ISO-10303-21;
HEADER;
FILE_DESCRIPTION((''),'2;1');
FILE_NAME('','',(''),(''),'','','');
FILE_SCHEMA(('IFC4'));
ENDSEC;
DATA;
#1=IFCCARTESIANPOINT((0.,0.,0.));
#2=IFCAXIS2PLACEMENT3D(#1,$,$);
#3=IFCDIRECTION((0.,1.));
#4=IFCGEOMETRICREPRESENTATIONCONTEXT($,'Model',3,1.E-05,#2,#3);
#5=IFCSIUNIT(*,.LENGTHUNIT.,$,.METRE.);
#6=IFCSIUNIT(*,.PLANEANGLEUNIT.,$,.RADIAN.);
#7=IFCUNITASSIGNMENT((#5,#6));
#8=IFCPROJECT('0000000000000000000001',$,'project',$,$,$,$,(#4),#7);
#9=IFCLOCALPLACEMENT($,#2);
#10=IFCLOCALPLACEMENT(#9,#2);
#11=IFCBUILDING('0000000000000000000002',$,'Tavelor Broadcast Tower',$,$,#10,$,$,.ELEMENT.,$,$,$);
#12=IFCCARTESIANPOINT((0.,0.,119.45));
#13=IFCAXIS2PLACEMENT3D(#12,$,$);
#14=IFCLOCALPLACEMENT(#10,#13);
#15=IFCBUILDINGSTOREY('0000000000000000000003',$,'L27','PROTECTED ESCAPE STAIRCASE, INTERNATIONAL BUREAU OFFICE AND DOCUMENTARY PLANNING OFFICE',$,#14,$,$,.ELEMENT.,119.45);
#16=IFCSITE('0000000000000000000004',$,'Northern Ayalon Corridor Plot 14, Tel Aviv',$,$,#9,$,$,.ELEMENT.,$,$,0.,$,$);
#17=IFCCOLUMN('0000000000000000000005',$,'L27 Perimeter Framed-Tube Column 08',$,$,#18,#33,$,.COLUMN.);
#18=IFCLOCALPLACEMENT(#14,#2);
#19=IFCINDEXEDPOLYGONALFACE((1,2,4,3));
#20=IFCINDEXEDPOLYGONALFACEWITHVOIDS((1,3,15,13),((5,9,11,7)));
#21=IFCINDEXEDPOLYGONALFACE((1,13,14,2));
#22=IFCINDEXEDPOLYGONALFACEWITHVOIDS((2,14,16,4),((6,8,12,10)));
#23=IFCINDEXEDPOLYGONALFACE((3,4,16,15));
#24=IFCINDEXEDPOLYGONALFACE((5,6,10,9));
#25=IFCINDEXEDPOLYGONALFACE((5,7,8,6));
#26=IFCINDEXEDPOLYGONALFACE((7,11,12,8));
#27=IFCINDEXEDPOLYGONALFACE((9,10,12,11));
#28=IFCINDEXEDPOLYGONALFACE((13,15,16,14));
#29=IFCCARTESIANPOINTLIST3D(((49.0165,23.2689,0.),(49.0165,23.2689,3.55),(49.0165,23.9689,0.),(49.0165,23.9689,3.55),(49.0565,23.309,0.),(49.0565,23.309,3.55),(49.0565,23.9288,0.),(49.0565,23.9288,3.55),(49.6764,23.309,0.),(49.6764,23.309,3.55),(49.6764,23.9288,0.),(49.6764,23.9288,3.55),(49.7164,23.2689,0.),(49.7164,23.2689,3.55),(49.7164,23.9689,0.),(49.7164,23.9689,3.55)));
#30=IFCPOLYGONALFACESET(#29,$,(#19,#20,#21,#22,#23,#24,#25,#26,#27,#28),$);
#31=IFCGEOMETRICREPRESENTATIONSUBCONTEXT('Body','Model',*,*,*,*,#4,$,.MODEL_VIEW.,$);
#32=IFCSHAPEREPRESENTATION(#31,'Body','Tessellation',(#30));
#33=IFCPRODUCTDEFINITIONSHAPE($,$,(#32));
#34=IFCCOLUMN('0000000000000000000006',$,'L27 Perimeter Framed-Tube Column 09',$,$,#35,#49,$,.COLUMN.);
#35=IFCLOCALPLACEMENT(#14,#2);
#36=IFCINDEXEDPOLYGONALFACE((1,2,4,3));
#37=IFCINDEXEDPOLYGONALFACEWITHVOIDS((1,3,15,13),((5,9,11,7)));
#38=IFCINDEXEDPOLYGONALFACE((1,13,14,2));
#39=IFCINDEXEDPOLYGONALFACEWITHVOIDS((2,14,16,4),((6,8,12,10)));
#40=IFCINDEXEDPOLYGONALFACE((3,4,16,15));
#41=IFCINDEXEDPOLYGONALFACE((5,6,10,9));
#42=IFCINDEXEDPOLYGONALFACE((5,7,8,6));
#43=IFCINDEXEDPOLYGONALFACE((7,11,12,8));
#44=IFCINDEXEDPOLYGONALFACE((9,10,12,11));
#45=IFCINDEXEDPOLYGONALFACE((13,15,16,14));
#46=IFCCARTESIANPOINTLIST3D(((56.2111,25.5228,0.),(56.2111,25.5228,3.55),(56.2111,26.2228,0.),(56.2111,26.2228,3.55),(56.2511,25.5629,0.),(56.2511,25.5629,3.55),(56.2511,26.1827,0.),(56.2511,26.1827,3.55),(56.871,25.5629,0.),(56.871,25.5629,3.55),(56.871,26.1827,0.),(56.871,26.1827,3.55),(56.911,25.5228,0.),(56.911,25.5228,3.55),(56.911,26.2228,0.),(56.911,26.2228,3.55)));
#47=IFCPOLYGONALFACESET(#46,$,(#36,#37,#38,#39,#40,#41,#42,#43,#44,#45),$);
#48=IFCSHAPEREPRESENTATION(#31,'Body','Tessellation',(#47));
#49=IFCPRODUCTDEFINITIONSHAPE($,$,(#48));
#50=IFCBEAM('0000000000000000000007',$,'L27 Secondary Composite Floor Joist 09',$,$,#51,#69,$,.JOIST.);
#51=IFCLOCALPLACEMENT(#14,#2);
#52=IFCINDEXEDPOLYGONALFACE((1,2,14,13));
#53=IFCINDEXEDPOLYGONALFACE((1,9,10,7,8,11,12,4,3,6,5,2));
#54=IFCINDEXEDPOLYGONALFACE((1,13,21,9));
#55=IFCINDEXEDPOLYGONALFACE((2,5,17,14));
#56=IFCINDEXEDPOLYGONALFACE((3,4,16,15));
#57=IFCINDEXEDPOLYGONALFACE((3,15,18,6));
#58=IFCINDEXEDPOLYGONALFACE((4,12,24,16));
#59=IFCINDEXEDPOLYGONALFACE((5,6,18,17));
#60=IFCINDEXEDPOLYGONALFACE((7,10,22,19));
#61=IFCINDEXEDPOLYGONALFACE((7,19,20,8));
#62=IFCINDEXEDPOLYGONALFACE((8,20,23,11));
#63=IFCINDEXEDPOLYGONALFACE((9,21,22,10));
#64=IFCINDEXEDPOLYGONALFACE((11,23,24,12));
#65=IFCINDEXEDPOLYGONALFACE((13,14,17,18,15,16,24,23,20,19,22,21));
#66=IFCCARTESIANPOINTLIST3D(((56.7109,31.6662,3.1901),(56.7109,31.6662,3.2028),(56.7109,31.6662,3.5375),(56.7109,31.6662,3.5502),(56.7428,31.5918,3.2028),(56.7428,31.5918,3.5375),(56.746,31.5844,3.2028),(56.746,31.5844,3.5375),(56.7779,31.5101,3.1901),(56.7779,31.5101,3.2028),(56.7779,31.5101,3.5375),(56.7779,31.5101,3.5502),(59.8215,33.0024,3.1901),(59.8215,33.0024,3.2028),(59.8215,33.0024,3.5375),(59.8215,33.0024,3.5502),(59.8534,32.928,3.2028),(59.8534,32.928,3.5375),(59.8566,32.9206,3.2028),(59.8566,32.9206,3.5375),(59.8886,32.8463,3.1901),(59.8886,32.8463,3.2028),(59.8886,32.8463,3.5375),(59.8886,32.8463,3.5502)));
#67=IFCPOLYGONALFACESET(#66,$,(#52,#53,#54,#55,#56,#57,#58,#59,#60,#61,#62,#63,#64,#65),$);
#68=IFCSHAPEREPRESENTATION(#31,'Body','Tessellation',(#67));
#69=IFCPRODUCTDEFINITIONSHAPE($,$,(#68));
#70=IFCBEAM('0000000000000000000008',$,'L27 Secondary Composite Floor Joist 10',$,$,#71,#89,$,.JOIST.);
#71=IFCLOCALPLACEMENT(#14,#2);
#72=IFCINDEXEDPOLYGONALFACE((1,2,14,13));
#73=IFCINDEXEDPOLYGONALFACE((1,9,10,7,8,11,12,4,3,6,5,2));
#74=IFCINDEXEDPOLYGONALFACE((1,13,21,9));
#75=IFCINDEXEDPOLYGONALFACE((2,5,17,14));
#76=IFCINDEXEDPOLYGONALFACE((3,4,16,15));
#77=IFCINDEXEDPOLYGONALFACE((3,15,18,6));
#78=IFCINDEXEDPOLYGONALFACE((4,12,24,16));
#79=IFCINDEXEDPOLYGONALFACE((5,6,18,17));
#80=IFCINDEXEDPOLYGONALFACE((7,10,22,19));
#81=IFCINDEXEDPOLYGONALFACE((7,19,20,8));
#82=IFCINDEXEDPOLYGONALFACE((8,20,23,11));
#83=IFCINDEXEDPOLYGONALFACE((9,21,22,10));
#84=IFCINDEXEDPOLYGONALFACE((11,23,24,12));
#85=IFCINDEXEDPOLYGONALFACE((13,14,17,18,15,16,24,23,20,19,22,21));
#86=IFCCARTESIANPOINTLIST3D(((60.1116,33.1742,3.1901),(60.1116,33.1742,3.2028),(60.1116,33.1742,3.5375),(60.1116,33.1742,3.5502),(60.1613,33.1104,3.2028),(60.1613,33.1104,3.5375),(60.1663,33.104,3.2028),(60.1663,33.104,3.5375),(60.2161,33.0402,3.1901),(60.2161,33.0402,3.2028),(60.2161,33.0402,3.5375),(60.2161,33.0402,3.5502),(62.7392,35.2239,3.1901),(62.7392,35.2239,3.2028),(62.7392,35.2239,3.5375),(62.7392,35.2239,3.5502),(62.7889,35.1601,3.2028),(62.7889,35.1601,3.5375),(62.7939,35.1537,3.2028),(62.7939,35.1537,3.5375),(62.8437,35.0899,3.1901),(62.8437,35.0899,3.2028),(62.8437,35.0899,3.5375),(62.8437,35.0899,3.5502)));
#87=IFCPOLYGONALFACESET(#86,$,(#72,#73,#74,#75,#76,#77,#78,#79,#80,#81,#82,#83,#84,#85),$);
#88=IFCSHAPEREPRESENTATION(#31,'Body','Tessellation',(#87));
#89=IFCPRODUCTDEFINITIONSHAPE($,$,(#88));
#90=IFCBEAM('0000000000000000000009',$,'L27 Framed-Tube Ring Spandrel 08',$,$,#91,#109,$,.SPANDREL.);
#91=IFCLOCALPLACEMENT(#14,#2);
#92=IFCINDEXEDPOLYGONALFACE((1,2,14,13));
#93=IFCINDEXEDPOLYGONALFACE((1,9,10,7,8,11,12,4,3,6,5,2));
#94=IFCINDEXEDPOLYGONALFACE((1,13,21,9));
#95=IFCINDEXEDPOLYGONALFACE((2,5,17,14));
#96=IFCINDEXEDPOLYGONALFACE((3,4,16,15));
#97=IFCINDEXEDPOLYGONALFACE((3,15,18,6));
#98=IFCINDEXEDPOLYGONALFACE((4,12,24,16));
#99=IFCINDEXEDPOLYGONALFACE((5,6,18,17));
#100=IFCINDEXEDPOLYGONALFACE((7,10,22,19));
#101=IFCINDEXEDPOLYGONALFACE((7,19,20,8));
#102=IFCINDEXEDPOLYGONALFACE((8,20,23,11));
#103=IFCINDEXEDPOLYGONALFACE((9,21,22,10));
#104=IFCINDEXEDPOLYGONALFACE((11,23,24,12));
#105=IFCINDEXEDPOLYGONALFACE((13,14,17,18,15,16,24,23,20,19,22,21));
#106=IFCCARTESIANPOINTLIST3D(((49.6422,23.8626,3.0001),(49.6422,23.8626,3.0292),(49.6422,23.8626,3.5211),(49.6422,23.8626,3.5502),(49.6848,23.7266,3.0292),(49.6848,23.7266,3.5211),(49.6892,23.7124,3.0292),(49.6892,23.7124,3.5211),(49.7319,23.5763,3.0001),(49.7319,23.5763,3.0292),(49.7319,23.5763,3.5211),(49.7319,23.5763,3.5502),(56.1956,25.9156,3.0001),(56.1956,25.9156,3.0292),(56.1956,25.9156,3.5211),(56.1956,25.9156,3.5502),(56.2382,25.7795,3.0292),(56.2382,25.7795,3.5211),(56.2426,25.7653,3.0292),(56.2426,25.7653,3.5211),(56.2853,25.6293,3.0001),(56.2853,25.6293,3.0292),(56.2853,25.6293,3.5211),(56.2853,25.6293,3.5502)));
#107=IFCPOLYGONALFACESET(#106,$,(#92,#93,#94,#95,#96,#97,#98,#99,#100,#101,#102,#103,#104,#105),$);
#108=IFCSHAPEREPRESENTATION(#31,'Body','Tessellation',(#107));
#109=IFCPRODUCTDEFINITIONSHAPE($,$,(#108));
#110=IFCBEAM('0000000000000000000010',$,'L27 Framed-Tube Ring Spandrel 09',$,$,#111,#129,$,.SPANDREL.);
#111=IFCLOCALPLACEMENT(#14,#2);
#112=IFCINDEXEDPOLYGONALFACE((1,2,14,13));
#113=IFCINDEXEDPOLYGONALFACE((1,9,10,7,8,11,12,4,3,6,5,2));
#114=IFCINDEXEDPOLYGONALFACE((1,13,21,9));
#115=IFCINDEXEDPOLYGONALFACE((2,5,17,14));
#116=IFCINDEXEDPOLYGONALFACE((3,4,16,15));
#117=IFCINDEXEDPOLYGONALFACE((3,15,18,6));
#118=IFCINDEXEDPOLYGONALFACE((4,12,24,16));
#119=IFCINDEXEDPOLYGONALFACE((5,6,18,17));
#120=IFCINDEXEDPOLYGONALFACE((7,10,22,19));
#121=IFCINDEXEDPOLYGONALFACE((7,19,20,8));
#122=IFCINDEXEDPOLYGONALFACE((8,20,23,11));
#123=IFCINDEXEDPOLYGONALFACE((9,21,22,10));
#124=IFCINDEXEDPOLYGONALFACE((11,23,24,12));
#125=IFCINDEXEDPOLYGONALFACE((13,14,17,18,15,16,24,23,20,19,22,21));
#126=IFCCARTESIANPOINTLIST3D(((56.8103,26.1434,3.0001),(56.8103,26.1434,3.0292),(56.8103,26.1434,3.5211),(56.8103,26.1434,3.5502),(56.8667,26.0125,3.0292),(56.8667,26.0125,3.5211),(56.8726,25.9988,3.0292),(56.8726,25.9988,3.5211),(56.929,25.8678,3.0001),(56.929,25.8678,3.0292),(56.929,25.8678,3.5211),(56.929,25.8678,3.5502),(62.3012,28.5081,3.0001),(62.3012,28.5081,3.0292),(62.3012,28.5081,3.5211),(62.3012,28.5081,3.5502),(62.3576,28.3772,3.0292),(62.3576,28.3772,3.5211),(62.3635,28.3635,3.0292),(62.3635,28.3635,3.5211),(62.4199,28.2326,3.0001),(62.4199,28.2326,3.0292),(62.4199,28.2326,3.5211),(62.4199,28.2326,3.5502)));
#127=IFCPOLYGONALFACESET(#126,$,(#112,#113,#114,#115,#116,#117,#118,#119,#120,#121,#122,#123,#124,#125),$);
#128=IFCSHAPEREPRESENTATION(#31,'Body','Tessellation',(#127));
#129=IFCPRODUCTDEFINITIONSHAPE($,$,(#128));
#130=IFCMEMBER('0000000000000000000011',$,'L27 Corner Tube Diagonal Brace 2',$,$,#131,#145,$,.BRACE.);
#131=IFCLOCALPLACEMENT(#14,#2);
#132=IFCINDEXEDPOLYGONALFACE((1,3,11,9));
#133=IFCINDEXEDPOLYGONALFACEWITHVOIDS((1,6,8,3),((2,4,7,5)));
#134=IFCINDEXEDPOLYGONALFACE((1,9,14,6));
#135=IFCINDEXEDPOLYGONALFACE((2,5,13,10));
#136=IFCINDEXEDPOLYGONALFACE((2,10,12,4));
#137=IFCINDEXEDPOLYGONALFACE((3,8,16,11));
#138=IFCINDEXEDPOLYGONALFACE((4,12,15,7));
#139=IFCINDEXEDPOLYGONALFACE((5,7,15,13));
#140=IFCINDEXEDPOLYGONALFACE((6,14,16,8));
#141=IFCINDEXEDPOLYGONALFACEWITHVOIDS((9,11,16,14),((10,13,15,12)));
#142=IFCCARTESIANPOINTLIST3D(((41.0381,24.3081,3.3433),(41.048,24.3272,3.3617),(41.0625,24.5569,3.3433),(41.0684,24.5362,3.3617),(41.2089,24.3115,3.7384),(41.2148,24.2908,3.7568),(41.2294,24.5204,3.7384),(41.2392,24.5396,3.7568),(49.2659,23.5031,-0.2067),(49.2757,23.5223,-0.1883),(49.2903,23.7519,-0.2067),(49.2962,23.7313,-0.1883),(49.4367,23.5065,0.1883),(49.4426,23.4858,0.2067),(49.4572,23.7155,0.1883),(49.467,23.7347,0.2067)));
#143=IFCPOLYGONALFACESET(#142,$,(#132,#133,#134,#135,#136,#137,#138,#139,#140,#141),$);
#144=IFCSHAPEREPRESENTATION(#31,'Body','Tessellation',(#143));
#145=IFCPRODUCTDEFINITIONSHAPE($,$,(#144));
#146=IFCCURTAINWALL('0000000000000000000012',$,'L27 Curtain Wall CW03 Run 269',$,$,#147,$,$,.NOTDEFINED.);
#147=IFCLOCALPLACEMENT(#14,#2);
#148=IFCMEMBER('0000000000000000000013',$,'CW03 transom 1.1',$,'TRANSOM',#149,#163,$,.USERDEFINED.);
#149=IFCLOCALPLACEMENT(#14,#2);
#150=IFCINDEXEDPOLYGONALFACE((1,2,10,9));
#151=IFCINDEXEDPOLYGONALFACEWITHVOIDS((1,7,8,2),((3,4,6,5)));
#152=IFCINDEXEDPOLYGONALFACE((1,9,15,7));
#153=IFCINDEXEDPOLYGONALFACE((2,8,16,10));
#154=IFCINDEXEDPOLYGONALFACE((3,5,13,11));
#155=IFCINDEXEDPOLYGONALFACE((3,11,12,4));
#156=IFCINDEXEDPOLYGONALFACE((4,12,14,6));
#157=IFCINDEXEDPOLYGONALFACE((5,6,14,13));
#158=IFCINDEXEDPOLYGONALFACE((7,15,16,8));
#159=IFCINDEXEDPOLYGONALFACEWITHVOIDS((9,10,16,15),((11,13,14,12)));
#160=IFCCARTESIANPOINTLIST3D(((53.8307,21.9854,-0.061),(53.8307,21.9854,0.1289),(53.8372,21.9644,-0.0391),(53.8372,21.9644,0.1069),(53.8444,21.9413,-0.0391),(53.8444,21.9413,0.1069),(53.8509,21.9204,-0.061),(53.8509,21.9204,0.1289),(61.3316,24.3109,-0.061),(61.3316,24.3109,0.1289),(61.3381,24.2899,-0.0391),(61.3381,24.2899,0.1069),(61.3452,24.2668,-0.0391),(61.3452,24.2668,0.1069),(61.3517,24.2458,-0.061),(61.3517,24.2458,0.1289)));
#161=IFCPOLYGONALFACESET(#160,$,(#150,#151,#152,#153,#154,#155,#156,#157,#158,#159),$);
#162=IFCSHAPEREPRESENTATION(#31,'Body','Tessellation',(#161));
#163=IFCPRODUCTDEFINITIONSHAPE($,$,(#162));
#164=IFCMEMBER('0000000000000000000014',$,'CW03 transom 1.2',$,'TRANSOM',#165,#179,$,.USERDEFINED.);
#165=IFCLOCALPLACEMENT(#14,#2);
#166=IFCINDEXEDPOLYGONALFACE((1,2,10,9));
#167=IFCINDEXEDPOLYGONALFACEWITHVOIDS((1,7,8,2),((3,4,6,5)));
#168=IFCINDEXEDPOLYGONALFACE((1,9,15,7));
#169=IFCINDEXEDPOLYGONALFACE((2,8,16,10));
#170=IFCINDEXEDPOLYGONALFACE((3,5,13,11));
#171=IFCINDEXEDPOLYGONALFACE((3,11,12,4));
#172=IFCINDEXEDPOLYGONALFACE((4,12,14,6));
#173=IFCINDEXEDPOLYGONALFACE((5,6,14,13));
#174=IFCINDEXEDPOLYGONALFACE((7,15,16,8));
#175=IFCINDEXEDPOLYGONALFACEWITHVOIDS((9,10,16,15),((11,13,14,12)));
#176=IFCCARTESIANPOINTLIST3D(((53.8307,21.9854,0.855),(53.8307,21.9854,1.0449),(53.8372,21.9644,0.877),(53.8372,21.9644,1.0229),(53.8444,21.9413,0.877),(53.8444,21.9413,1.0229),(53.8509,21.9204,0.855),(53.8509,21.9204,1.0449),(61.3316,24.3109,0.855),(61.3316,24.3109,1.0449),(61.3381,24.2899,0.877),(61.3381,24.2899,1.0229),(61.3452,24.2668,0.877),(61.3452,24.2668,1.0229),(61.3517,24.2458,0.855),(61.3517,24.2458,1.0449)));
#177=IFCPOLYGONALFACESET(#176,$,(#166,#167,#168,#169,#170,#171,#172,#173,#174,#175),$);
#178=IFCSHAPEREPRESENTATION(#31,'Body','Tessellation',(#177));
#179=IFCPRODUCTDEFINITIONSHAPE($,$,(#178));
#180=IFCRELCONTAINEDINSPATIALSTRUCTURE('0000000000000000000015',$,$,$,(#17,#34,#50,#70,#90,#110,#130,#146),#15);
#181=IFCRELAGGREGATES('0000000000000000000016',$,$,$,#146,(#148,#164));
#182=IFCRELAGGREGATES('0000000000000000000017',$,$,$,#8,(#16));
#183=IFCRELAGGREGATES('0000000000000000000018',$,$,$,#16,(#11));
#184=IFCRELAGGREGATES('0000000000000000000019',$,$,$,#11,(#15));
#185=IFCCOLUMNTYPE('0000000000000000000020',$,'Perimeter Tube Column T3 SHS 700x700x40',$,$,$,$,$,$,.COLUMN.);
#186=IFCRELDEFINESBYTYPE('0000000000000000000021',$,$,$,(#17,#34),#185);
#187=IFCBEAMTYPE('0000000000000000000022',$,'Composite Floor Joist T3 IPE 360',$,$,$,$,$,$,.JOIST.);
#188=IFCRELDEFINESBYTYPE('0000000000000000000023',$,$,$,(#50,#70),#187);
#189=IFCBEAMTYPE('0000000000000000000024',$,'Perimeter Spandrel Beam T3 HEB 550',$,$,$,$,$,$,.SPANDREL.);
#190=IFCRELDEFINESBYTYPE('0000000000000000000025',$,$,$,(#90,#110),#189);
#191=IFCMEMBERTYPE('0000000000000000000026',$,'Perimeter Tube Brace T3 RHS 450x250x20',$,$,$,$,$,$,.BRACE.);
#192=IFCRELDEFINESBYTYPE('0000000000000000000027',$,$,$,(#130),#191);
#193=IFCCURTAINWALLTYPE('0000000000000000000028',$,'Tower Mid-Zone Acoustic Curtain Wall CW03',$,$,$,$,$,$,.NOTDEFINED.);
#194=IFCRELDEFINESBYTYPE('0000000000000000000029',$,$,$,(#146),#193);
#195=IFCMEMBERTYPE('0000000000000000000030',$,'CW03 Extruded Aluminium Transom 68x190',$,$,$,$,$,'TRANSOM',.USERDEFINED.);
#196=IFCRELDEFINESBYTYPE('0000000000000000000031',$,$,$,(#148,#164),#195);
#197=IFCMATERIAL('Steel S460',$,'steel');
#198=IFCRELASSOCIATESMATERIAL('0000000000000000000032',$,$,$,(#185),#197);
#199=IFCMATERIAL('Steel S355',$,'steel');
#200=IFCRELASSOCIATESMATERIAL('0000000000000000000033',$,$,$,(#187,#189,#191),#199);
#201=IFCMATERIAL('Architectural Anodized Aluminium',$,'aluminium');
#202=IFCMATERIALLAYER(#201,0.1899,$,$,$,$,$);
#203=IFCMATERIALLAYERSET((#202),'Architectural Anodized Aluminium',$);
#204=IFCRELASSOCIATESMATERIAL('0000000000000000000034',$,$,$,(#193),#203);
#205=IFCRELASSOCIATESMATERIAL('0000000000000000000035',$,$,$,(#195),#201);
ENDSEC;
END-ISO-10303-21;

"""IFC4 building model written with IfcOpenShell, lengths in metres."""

from ifc_helpers import new_model, si_unit, direction, frame, origin, origin_2d, place, context, subcontext, project, spatial, hollow_rectangle, i_section, extrude, source, transform, mapped, material, layer, layer_set, material_profile, profile_set, type_object, type_shapes, element, aggregate, save


model = new_model("IFC4")

# Units and contexts
model_context = context("Model", 3, precision=1e-05, world=origin(), true_north=direction((0.0, 1.0)))
body_context = subcontext(model_context, "Body", "Model", "MODEL_VIEW")
ifc_project = project(units=[si_unit("LENGTHUNIT", "METRE"), si_unit("PLANEANGLEUNIT", "RADIAN")], contexts=[model_context])

# Site, building, storey
site_placement = place(None, origin())
site = spatial("IfcSite", under=ifc_project, at=site_placement, Name="Northern Ayalon Corridor Plot 14, Tel Aviv", CompositionType="ELEMENT", RefElevation=0.0)
building_placement = place(site_placement, origin())
building = spatial("IfcBuilding", under=site, at=building_placement, Name="Tavelor Broadcast Tower", CompositionType="ELEMENT")
storey_placement = place(building_placement, frame((0.0, 0.0, 119.45)))
storey = spatial("IfcBuildingStorey", under=building, at=storey_placement, Name="L27", Description="PROTECTED ESCAPE STAIRCASE, INTERNATIONAL BUREAU OFFICE AND DOCUMENTARY PLANNING OFFICE", CompositionType="ELEMENT", Elevation=119.45)

# Columns
ifc_material_1 = material(Name="Steel S460", Category="steel")
ifc_material_profile_1 = material_profile(ifc_material_1, hollow_rectangle(XDim=0.7, YDim=0.7, WallThickness=0.04, at=origin_2d()), Name="SHS 700x700x40")
ifc_profile_set_1 = profile_set([ifc_material_profile_1], Name="Steel S460")
column_type = type_object("IfcColumnType", Name="Perimeter Tube Column T3 SHS 700x700x40", PredefinedType="COLUMN", material=ifc_profile_set_1)
for number, where, z_axis, x_axis, name in (
    (1, (49.3665, 23.6189, 0.0), (0.0, 0.0, 1.0), (1.0, 0.0, 0.0), "L27 Perimeter Framed-Tube Column 08"),
    (2, (56.561, 25.8728, 0.0), (0.0, 0.0, 1.0), (1.0, 0.0, 0.0), "L27 Perimeter Framed-Tube Column 09"),
):
    element("IfcColumn", number, at=place(storey_placement, frame(where, z_axis=z_axis, x_axis=x_axis)), inside=storey, type_object=column_type, Name=name, PredefinedType="COLUMN", context=body_context, shape_type="SweptSolid", body=[
        extrude(hollow_rectangle(XDim=0.7, YDim=0.7, WallThickness=0.04, at=origin_2d()), origin(), (0.0, 0.0, 1.0), 3.55),
    ])

# Beams
ifc_material_2 = material(Name="Steel S355", Category="steel")
ifc_material_profile_2 = material_profile(ifc_material_2, i_section(OverallWidth=0.1699, OverallDepth=0.3601, WebThickness=0.0081, FlangeThickness=0.0127, at=origin_2d()), Name="IPE 360")
ifc_profile_set_2 = profile_set([ifc_material_profile_2], Name="Steel S355")
beam_type_1 = type_object("IfcBeamType", Name="Composite Floor Joist T3 IPE 360", PredefinedType="JOIST", material=ifc_profile_set_2)
beam_1_placement = place(storey_placement, frame((56.7444, 31.5881, 3.3701), z_axis=(0.918816, 0.394685, 0.0), x_axis=(-0.394685, 0.918816, 0.0)))
element("IfcBeam", 3, at=beam_1_placement, inside=storey, type_object=beam_type_1, Name="L27 Secondary Composite Floor Joist 09", PredefinedType="JOIST", context=body_context, shape_type="SweptSolid", body=[
    extrude(i_section(OverallWidth=0.1699, OverallDepth=0.3601, WebThickness=0.0081, FlangeThickness=0.0127, at=origin_2d()), origin(), (0.0, 0.0, 1.0), 3.3855),
])
beam_2_placement = place(storey_placement, frame((60.1638, 33.1072, 3.3701), z_axis=(0.788472, 0.615071, 0.0), x_axis=(-0.615071, 0.788472, 0.0)))
element("IfcBeam", 4, at=beam_2_placement, inside=storey, type_object=beam_type_1, Name="L27 Secondary Composite Floor Joist 10", PredefinedType="JOIST", context=body_context, shape_type="SweptSolid", body=[
    extrude(i_section(OverallWidth=0.1699, OverallDepth=0.3601, WebThickness=0.0081, FlangeThickness=0.0127, at=origin_2d()), origin(), (0.0, 0.0, 1.0), 3.3325),
])
ifc_material_profile_3 = material_profile(ifc_material_2, i_section(OverallWidth=0.3, OverallDepth=0.55, WebThickness=0.0149, FlangeThickness=0.0291, at=origin_2d()), Name="HEB 550")
ifc_profile_set_3 = profile_set([ifc_material_profile_3], Name="Steel S355")
beam_type_2 = type_object("IfcBeamType", Name="Perimeter Spandrel Beam T3 HEB 550", PredefinedType="SPANDREL", material=ifc_profile_set_3)
beam_3_placement = place(storey_placement, frame((49.687, 23.7195, 3.2751), z_axis=(0.954272, 0.298941, 0.0), x_axis=(-0.298941, 0.954272, 0.0)))
element("IfcBeam", 5, at=beam_3_placement, inside=storey, type_object=beam_type_2, Name="L27 Framed-Tube Ring Spandrel 08", PredefinedType="SPANDREL", context=body_context, shape_type="SweptSolid", body=[
    extrude(i_section(OverallWidth=0.3, OverallDepth=0.55, WebThickness=0.0149, FlangeThickness=0.0291, at=origin_2d()), origin(), (0.0, 0.0, 1.0), 6.8674),
])
beam_4_placement = place(storey_placement, frame((56.8696, 26.0056, 3.2751), z_axis=(0.918449, 0.39554, 0.0), x_axis=(-0.39554, 0.918449, 0.0)))
element("IfcBeam", 6, at=beam_4_placement, inside=storey, type_object=beam_type_2, Name="L27 Framed-Tube Ring Spandrel 09", PredefinedType="SPANDREL", context=body_context, shape_type="SweptSolid", body=[
    extrude(i_section(OverallWidth=0.3, OverallDepth=0.55, WebThickness=0.0149, FlangeThickness=0.0291, at=origin_2d()), origin(), (0.0, 0.0, 1.0), 5.9785),
])

# Member
ifc_material_profile_4 = material_profile(ifc_material_2, hollow_rectangle(XDim=0.25, YDim=0.45, WallThickness=0.02, at=origin_2d()), Name="RHS 450x250x20")
ifc_profile_set_4 = profile_set([ifc_material_profile_4], Name="Steel S355")
member_type_1 = type_object("IfcMemberType", Name="Perimeter Tube Brace T3 RHS 450x250x20", PredefinedType="BRACE", material=ifc_profile_set_4)
member_1_placement = place(storey_placement, frame((49.3665, 23.6189, 0.0), z_axis=(-0.914496, 0.089466, 0.394579), x_axis=(-0.097366, -0.995249, 0.0)))
element("IfcMember", 7, at=member_1_placement, inside=storey, type_object=member_type_1, Name="L27 Corner Tube Diagonal Brace 2", PredefinedType="BRACE", context=body_context, shape_type="SweptSolid", body=[
    extrude(hollow_rectangle(XDim=0.25, YDim=0.45, WallThickness=0.02, at=origin_2d()), origin(), (0.0, 0.0, 1.0), 8.9971),
])

# Curtain wall, members
ifc_material_3 = material(Name="Architectural Anodized Aluminium", Category="aluminium")
ifc_layer_1 = layer(ifc_material_3, 0.1899)
ifc_layer_set_1 = layer_set([ifc_layer_1], Name="Architectural Anodized Aluminium")
curtain_wall_type = type_object("IfcCurtainWallType", Name="Tower Mid-Zone Acoustic Curtain Wall CW03", PredefinedType="NOTDEFINED", material=ifc_layer_set_1)
curtain_wall_placement = place(storey_placement, origin())
curtain_wall = element("IfcCurtainWall", 8, at=curtain_wall_placement, inside=storey, type_object=curtain_wall_type, Name="L27 Curtain Wall CW03 Run 269", PredefinedType="NOTDEFINED")
ifc_material_profile_5 = material_profile(ifc_material_3, hollow_rectangle(XDim=0.0681, YDim=0.1899, WallThickness=0.022, at=origin_2d()), Name="RHS 68x190x22")
ifc_profile_set_5 = profile_set([ifc_material_profile_5], Name="Architectural Anodized Aluminium")
member_type_2 = type_object("IfcMemberType", Name="CW03 Extruded Aluminium Transom 68x190", ElementType="TRANSOM", PredefinedType="USERDEFINED", material=ifc_profile_set_5)
shared_shape_1 = source(origin(), body_context, "Body", "SweptSolid", [
    extrude(hollow_rectangle(XDim=0.0681, YDim=0.1899, WallThickness=0.022, at=origin_2d()), origin(), (0.0, 0.0, 1.0), 7.853),
])
type_shapes(member_type_2, [shared_shape_1])
member_2_placement = place(storey_placement, frame((53.8408, 21.9529, 0.0339), z_axis=(0.95515, 0.296123, 0.0), x_axis=(-0.296123, 0.95515, 0.0)))
member_2 = element("IfcMember", 9, at=member_2_placement, type_object=member_type_2, Name="CW03 transom 1.1", ObjectType="TRANSOM", PredefinedType="USERDEFINED", context=body_context, shape_type="MappedRepresentation", body=[
    mapped(shared_shape_1, transform((0.0, 0.0, 0.0), scale=1.0)),
])
member_3_placement = place(storey_placement, frame((53.8408, 21.9529, 0.95), z_axis=(0.95515, 0.296123, 0.0), x_axis=(-0.296123, 0.95515, 0.0)))
member_3 = element("IfcMember", 10, at=member_3_placement, type_object=member_type_2, Name="CW03 transom 1.2", ObjectType="TRANSOM", PredefinedType="USERDEFINED", context=body_context, shape_type="MappedRepresentation", body=[
    mapped(shared_shape_1, transform((0.0, 0.0, 0.0), scale=1.0)),
])

aggregate(curtain_wall, [member_2, member_3])

save(model, "model.ifc")
